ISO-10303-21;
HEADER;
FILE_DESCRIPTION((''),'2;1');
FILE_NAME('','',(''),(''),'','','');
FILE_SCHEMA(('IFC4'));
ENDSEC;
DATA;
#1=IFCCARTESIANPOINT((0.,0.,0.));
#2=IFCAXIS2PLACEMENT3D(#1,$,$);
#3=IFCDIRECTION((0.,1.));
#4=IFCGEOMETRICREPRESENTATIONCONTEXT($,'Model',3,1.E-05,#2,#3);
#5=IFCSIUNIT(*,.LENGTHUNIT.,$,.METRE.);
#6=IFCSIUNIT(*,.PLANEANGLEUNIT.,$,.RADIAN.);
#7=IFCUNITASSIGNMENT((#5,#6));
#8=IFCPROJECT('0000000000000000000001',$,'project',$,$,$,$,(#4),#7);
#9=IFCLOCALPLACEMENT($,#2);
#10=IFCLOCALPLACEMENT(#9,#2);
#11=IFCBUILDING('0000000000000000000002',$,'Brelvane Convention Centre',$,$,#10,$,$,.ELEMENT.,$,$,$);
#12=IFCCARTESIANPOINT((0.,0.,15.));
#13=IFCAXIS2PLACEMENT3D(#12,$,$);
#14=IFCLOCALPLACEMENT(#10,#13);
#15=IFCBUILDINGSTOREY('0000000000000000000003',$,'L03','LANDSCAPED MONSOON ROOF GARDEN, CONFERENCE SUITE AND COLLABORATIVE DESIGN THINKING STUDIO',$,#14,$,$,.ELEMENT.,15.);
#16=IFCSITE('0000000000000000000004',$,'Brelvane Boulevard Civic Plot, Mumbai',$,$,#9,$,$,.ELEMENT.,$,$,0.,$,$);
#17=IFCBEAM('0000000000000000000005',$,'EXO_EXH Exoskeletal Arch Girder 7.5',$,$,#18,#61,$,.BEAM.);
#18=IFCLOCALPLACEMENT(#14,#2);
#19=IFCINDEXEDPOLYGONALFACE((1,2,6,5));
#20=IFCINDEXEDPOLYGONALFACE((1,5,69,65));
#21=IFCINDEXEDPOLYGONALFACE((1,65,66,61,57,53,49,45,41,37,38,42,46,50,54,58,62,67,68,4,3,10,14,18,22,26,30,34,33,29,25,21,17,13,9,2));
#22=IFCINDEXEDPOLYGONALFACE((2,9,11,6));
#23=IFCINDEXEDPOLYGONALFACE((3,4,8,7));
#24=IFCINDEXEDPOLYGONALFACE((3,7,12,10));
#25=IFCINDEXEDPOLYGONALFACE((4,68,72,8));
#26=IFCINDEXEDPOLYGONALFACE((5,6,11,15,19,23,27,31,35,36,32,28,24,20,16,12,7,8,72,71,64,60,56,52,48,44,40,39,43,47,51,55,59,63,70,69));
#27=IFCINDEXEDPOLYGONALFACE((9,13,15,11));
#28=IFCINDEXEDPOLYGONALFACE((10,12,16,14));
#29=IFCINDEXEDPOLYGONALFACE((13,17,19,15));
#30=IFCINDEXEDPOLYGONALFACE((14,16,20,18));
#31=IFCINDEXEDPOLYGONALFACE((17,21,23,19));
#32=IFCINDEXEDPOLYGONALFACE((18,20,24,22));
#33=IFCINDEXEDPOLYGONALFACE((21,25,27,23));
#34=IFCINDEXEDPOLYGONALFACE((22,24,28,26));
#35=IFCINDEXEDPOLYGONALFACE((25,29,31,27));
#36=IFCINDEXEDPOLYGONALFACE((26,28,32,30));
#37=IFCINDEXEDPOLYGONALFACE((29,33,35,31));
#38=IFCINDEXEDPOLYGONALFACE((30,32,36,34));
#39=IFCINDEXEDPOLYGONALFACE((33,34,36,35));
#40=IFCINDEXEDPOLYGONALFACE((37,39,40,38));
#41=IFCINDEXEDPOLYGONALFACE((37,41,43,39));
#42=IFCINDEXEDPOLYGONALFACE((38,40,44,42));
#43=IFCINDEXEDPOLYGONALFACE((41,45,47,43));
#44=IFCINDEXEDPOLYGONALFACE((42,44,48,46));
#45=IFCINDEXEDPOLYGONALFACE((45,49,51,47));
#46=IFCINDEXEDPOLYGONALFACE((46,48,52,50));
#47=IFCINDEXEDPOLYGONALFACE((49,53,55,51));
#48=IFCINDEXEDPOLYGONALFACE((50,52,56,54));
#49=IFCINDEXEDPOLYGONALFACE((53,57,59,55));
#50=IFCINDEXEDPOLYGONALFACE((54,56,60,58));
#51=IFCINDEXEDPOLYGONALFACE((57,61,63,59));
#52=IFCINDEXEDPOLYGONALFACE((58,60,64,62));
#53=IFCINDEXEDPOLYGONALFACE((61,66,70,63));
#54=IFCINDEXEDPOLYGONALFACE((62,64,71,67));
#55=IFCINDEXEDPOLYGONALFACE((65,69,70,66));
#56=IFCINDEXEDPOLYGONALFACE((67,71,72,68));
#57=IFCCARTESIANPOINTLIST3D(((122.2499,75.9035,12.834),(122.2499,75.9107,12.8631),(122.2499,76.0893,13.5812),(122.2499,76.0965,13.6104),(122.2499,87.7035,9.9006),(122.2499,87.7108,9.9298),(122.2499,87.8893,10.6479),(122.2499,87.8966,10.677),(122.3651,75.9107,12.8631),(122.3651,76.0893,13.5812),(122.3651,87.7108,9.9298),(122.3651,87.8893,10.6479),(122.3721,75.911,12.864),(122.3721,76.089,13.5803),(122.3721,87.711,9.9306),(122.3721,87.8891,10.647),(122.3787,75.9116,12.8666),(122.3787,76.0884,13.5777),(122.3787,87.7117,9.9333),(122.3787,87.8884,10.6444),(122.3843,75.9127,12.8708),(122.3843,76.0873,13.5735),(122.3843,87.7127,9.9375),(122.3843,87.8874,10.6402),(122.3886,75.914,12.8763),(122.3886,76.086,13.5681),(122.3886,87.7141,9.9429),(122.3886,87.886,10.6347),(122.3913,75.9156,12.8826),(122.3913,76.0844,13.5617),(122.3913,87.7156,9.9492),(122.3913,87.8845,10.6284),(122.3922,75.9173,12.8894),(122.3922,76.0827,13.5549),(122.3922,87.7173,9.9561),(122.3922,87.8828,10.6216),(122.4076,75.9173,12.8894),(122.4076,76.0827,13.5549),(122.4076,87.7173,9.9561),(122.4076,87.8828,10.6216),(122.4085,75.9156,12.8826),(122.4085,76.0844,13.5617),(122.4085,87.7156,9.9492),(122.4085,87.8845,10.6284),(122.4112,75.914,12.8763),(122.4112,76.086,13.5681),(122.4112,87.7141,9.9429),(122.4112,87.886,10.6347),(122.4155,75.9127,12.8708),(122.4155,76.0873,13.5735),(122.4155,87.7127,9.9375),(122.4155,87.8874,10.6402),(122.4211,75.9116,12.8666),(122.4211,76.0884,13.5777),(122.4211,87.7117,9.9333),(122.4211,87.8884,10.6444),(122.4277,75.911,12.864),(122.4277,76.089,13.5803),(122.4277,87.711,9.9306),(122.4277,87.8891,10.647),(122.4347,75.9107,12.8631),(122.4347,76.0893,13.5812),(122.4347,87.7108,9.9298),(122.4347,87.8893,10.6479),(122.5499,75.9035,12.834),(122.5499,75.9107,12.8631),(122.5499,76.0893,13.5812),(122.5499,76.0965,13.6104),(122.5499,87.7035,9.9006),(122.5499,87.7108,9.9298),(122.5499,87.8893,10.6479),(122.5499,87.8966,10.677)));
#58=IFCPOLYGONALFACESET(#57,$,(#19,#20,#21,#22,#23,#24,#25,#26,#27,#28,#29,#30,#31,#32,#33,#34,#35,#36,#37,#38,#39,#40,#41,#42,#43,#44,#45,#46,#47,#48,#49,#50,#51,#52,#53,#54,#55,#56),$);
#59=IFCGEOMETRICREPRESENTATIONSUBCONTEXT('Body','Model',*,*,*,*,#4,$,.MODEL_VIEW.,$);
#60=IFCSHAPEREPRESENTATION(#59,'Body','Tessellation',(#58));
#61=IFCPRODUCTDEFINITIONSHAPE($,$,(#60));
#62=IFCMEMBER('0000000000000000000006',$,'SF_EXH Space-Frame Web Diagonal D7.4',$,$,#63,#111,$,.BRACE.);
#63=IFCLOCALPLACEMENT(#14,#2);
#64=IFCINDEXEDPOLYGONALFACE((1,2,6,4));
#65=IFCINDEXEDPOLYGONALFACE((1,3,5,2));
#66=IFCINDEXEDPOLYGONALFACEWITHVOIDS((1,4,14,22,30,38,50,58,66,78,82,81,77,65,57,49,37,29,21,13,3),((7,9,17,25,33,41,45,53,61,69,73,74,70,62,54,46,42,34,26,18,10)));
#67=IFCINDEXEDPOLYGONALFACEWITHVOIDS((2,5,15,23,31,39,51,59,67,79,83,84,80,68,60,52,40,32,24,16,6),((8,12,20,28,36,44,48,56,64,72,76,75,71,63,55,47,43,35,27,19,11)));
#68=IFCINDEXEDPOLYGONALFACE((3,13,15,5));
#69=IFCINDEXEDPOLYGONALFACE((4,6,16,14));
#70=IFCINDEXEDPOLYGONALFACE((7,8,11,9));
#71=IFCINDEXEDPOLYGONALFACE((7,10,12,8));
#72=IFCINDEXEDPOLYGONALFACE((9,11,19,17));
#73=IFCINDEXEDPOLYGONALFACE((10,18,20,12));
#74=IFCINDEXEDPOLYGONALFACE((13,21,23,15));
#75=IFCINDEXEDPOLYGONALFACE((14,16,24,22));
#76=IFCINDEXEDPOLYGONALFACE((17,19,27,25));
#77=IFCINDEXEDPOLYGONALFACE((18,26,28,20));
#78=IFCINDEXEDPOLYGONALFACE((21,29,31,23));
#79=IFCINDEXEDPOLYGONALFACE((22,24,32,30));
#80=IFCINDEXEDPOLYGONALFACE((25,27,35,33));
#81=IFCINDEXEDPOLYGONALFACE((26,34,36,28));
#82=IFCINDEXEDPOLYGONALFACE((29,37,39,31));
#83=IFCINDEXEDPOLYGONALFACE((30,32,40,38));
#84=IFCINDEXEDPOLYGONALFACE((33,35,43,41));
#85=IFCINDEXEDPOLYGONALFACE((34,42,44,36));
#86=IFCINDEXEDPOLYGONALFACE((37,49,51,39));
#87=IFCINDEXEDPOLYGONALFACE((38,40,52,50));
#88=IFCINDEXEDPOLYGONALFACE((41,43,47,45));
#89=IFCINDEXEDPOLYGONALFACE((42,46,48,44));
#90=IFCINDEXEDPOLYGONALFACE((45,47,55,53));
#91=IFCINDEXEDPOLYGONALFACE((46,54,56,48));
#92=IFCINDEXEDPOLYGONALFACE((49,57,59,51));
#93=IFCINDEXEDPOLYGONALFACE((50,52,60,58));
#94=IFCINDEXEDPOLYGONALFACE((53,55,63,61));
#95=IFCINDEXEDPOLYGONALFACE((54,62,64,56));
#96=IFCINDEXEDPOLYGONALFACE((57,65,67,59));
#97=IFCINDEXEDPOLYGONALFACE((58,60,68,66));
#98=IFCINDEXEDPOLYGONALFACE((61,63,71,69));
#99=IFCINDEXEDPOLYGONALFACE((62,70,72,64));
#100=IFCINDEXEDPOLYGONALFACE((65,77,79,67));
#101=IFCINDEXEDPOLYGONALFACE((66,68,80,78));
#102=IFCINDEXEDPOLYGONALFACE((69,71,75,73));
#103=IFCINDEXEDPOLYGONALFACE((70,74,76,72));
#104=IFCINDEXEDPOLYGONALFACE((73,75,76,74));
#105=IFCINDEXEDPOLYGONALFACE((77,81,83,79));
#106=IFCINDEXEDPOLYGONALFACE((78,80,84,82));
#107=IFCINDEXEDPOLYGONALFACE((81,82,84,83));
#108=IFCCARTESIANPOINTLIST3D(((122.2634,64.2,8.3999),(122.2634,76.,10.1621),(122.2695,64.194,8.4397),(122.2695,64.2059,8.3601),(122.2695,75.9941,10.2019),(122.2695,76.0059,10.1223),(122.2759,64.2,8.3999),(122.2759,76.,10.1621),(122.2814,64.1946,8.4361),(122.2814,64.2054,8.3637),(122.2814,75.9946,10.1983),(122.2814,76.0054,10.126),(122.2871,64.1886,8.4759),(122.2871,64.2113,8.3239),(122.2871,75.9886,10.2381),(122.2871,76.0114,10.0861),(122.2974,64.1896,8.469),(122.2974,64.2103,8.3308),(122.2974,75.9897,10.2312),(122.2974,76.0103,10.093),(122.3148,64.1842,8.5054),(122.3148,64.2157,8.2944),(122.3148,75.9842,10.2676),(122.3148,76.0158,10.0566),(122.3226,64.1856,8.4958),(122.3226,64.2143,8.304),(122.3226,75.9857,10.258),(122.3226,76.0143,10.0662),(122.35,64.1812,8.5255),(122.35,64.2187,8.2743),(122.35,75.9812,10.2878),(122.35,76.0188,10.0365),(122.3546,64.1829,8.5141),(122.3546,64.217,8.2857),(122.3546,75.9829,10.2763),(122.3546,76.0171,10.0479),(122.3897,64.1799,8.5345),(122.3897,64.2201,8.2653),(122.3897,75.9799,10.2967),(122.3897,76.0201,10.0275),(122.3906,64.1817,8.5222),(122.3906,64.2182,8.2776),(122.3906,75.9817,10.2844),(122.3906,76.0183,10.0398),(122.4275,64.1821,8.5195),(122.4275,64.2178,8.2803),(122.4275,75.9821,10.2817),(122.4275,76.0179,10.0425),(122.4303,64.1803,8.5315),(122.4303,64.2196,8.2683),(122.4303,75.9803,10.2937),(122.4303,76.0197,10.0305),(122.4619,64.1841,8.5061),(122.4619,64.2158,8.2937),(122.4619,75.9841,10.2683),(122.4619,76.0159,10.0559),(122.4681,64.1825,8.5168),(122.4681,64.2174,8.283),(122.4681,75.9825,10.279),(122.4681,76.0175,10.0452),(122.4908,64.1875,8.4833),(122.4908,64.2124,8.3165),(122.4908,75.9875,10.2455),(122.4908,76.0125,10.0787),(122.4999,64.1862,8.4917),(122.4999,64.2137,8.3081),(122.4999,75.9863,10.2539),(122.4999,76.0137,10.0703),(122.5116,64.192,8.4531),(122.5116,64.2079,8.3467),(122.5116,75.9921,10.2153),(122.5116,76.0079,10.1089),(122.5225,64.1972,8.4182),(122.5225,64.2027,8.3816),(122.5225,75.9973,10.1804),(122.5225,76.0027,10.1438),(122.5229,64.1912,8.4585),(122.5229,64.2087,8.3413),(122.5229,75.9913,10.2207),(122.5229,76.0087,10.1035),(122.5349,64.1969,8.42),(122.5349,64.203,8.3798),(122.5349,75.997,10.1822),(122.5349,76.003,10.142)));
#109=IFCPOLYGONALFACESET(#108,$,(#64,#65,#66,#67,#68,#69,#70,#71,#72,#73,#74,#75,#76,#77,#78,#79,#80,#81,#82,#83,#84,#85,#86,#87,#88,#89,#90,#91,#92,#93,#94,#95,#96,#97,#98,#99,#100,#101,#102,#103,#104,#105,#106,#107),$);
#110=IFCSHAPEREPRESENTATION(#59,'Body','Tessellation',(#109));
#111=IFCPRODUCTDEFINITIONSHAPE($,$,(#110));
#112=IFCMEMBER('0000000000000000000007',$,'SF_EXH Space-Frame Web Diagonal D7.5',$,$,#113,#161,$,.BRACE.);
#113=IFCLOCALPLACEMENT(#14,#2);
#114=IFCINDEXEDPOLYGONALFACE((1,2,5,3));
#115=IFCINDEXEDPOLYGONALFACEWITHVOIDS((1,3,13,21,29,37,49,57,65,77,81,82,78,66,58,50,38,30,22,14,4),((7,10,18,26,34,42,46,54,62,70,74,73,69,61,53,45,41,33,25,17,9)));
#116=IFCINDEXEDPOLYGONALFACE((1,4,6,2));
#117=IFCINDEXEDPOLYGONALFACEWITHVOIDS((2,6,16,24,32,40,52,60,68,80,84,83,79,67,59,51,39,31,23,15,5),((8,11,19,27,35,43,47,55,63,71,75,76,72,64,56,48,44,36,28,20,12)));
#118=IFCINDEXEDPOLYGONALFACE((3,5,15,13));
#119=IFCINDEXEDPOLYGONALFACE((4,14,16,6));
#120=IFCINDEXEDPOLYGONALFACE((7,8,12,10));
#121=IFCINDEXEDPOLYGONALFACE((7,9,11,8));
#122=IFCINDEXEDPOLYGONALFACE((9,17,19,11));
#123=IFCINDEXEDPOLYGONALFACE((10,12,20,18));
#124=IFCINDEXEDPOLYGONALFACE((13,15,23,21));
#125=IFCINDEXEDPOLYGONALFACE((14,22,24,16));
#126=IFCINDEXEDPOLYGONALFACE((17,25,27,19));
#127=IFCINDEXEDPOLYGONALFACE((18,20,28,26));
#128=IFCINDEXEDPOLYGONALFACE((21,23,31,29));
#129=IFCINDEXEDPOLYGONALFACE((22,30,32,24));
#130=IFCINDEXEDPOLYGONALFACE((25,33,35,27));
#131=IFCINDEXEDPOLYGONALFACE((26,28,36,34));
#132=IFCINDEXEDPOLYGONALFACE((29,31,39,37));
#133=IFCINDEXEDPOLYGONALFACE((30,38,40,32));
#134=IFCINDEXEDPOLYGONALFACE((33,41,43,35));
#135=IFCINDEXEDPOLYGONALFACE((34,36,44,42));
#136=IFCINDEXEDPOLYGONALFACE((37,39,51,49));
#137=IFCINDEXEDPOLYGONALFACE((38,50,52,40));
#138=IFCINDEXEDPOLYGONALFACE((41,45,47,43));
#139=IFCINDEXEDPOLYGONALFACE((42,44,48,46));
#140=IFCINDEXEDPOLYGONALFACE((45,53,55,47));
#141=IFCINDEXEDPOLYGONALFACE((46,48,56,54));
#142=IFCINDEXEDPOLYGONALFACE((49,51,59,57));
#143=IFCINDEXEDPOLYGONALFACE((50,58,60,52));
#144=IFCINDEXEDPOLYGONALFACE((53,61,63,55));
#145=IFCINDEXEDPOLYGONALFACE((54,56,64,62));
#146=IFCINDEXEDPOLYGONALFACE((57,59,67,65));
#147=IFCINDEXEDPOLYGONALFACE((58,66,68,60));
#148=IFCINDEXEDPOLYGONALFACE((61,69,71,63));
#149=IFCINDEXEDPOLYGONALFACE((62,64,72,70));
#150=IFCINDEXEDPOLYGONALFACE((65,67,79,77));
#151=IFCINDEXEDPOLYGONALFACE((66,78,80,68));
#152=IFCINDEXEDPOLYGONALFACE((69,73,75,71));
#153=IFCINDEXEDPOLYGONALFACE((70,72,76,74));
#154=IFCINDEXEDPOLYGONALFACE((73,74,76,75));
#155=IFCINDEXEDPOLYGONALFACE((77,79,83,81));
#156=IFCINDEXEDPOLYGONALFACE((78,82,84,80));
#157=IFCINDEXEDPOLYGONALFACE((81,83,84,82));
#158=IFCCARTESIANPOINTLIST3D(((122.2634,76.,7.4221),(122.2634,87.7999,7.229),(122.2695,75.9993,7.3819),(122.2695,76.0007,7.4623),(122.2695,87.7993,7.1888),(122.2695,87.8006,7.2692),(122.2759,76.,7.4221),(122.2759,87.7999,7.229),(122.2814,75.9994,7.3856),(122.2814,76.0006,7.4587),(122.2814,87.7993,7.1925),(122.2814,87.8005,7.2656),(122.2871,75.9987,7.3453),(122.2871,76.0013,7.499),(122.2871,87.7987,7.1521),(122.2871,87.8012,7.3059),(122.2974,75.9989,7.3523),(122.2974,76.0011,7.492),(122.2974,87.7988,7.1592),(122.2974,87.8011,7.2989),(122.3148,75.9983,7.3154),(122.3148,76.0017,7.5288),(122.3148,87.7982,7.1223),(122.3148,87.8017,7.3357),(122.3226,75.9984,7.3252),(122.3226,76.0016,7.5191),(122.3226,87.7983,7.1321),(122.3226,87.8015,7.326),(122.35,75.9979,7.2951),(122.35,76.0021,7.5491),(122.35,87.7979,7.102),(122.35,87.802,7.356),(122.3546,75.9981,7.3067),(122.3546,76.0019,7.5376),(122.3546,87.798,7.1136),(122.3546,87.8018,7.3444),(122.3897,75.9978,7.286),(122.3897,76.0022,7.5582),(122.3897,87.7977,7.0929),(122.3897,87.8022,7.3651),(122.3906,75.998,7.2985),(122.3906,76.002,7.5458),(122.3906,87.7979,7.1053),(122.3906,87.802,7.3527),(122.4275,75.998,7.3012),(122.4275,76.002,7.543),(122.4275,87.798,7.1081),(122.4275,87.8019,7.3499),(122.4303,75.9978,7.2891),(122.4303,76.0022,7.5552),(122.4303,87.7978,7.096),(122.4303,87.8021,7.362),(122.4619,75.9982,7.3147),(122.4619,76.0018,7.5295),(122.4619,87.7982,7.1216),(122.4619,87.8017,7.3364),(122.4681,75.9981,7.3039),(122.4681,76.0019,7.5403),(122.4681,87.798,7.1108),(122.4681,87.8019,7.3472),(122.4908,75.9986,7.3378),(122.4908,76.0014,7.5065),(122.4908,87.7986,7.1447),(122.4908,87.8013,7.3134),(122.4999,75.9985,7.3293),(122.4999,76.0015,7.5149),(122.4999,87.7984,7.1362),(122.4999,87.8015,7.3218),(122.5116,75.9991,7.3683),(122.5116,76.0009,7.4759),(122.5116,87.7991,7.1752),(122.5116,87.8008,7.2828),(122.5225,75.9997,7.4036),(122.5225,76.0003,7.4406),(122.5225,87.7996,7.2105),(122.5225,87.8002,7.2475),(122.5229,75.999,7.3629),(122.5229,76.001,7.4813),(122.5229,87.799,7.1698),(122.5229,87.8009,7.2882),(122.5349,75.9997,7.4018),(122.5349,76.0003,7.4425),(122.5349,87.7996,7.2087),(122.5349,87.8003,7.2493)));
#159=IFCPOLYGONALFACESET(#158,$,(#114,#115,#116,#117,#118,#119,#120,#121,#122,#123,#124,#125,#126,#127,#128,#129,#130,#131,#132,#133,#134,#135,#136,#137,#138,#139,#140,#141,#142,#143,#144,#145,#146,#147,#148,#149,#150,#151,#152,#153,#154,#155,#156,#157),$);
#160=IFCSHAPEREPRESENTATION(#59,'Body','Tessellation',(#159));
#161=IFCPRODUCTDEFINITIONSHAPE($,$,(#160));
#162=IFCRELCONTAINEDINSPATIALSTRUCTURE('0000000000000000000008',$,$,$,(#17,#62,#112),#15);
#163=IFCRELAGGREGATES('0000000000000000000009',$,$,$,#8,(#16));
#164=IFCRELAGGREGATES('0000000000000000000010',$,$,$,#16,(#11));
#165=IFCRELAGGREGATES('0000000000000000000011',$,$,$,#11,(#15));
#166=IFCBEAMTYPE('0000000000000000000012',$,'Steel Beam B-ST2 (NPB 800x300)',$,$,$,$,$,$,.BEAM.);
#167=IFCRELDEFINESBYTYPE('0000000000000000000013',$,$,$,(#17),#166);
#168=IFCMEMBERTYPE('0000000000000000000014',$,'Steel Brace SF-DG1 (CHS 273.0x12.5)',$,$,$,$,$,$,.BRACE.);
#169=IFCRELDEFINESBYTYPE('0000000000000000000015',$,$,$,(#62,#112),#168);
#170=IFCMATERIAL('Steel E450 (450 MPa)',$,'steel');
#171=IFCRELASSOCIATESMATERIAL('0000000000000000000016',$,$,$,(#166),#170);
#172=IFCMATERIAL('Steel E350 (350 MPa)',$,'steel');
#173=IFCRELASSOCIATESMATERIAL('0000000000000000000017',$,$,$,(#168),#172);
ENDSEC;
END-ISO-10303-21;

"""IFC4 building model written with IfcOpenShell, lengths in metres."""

from ifc_helpers import new_model, si_unit, direction, frame, origin, origin_2d, place, context, subcontext, project, spatial, hollow_circle, i_section, extrude, material, material_profile, profile_set, type_object, element, save


model = new_model("IFC4")

# Units and contexts
model_context = context("Model", 3, precision=1e-05, world=origin(), true_north=direction((0.0, 1.0)))
body_context = subcontext(model_context, "Body", "Model", "MODEL_VIEW")
ifc_project = project(units=[si_unit("LENGTHUNIT", "METRE"), si_unit("PLANEANGLEUNIT", "RADIAN")], contexts=[model_context])

# Site, building, storey
site_placement = place(None, origin())
site = spatial("IfcSite", under=ifc_project, at=site_placement, Name="Brelvane Boulevard Civic Plot, Mumbai", CompositionType="ELEMENT", RefElevation=0.0)
building_placement = place(site_placement, origin())
building = spatial("IfcBuilding", under=site, at=building_placement, Name="Brelvane Convention Centre", CompositionType="ELEMENT")
storey_placement = place(building_placement, frame((0.0, 0.0, 15.0)))
storey = spatial("IfcBuildingStorey", under=building, at=storey_placement, Name="L03", Description="LANDSCAPED MONSOON ROOF GARDEN, CONFERENCE SUITE AND COLLABORATIVE DESIGN THINKING STUDIO", CompositionType="ELEMENT", Elevation=15.0)

# Beam
ifc_material_1 = material(Name="Steel E450 (450 MPa)", Category="steel")
ifc_material_profile_1 = material_profile(ifc_material_1, i_section(OverallWidth=0.3, OverallDepth=0.8, WebThickness=0.0154, FlangeThickness=0.03, FilletRadius=0.0271, at=origin_2d()), Name="NPB 800x300")
ifc_profile_set_1 = profile_set([ifc_material_profile_1], Name="Steel E450 (450 MPa)")
beam_type = type_object("IfcBeamType", Name="Steel Beam B-ST2 (NPB 800x300)", PredefinedType="BEAM", material=ifc_profile_set_1)
beam_1_placement = place(storey_placement, frame((122.3999, 76.0, 13.2222), z_axis=(0.0, 0.970464, -0.241246), x_axis=(-1.0, 0.0, 0.0)))
element("IfcBeam", 1, at=beam_1_placement, inside=storey, type_object=beam_type, Name="EXO_EXH Exoskeletal Arch Girder 7.5", PredefinedType="BEAM", context=body_context, shape_type="SweptSolid", body=[
    extrude(i_section(OverallWidth=0.3, OverallDepth=0.8, WebThickness=0.0154, FlangeThickness=0.03, FilletRadius=0.0271, at=origin_2d()), origin(), (0.0, 0.0, 1.0), 12.1592),
])

# Members
ifc_material_2 = material(Name="Steel E350 (350 MPa)", Category="steel")
ifc_material_profile_2 = material_profile(ifc_material_2, hollow_circle(Radius=0.1365, WallThickness=0.0125, at=origin_2d()), Name="CHS 273.0x12.5")
ifc_profile_set_2 = profile_set([ifc_material_profile_2], Name="Steel E350 (350 MPa)")
member_type_1 = type_object("IfcMemberType", Name="Steel Brace SF-DG1 (CHS 273.0x12.5)", PredefinedType="BRACE", material=ifc_profile_set_2)
member_1_placement = place(storey_placement, frame((122.3999, 64.2, 8.3999), z_axis=(0.0, 0.989032, 0.147701), x_axis=(-1.0, 0.0, 0.0)))
element("IfcMember", 2, at=member_1_placement, inside=storey, type_object=member_type_1, Name="SF_EXH Space-Frame Web Diagonal D7.4", PredefinedType="BRACE", context=body_context, shape_type="SweptSolid", body=[
    extrude(hollow_circle(Radius=0.1365, WallThickness=0.0125, at=origin_2d()), origin(), (0.0, 0.0, 1.0), 11.9309),
])
member_2_placement = place(storey_placement, frame((122.3999, 76.0, 7.4221), z_axis=(0.0, 0.999866, -0.016363), x_axis=(-1.0, 0.0, 0.0)))
element("IfcMember", 3, at=member_2_placement, inside=storey, type_object=member_type_1, Name="SF_EXH Space-Frame Web Diagonal D7.5", PredefinedType="BRACE", context=body_context, shape_type="SweptSolid", body=[
    extrude(hollow_circle(Radius=0.1365, WallThickness=0.0125, at=origin_2d()), origin(), (0.0, 0.0, 1.0), 11.8015),
])

save(model, "model.ifc")
